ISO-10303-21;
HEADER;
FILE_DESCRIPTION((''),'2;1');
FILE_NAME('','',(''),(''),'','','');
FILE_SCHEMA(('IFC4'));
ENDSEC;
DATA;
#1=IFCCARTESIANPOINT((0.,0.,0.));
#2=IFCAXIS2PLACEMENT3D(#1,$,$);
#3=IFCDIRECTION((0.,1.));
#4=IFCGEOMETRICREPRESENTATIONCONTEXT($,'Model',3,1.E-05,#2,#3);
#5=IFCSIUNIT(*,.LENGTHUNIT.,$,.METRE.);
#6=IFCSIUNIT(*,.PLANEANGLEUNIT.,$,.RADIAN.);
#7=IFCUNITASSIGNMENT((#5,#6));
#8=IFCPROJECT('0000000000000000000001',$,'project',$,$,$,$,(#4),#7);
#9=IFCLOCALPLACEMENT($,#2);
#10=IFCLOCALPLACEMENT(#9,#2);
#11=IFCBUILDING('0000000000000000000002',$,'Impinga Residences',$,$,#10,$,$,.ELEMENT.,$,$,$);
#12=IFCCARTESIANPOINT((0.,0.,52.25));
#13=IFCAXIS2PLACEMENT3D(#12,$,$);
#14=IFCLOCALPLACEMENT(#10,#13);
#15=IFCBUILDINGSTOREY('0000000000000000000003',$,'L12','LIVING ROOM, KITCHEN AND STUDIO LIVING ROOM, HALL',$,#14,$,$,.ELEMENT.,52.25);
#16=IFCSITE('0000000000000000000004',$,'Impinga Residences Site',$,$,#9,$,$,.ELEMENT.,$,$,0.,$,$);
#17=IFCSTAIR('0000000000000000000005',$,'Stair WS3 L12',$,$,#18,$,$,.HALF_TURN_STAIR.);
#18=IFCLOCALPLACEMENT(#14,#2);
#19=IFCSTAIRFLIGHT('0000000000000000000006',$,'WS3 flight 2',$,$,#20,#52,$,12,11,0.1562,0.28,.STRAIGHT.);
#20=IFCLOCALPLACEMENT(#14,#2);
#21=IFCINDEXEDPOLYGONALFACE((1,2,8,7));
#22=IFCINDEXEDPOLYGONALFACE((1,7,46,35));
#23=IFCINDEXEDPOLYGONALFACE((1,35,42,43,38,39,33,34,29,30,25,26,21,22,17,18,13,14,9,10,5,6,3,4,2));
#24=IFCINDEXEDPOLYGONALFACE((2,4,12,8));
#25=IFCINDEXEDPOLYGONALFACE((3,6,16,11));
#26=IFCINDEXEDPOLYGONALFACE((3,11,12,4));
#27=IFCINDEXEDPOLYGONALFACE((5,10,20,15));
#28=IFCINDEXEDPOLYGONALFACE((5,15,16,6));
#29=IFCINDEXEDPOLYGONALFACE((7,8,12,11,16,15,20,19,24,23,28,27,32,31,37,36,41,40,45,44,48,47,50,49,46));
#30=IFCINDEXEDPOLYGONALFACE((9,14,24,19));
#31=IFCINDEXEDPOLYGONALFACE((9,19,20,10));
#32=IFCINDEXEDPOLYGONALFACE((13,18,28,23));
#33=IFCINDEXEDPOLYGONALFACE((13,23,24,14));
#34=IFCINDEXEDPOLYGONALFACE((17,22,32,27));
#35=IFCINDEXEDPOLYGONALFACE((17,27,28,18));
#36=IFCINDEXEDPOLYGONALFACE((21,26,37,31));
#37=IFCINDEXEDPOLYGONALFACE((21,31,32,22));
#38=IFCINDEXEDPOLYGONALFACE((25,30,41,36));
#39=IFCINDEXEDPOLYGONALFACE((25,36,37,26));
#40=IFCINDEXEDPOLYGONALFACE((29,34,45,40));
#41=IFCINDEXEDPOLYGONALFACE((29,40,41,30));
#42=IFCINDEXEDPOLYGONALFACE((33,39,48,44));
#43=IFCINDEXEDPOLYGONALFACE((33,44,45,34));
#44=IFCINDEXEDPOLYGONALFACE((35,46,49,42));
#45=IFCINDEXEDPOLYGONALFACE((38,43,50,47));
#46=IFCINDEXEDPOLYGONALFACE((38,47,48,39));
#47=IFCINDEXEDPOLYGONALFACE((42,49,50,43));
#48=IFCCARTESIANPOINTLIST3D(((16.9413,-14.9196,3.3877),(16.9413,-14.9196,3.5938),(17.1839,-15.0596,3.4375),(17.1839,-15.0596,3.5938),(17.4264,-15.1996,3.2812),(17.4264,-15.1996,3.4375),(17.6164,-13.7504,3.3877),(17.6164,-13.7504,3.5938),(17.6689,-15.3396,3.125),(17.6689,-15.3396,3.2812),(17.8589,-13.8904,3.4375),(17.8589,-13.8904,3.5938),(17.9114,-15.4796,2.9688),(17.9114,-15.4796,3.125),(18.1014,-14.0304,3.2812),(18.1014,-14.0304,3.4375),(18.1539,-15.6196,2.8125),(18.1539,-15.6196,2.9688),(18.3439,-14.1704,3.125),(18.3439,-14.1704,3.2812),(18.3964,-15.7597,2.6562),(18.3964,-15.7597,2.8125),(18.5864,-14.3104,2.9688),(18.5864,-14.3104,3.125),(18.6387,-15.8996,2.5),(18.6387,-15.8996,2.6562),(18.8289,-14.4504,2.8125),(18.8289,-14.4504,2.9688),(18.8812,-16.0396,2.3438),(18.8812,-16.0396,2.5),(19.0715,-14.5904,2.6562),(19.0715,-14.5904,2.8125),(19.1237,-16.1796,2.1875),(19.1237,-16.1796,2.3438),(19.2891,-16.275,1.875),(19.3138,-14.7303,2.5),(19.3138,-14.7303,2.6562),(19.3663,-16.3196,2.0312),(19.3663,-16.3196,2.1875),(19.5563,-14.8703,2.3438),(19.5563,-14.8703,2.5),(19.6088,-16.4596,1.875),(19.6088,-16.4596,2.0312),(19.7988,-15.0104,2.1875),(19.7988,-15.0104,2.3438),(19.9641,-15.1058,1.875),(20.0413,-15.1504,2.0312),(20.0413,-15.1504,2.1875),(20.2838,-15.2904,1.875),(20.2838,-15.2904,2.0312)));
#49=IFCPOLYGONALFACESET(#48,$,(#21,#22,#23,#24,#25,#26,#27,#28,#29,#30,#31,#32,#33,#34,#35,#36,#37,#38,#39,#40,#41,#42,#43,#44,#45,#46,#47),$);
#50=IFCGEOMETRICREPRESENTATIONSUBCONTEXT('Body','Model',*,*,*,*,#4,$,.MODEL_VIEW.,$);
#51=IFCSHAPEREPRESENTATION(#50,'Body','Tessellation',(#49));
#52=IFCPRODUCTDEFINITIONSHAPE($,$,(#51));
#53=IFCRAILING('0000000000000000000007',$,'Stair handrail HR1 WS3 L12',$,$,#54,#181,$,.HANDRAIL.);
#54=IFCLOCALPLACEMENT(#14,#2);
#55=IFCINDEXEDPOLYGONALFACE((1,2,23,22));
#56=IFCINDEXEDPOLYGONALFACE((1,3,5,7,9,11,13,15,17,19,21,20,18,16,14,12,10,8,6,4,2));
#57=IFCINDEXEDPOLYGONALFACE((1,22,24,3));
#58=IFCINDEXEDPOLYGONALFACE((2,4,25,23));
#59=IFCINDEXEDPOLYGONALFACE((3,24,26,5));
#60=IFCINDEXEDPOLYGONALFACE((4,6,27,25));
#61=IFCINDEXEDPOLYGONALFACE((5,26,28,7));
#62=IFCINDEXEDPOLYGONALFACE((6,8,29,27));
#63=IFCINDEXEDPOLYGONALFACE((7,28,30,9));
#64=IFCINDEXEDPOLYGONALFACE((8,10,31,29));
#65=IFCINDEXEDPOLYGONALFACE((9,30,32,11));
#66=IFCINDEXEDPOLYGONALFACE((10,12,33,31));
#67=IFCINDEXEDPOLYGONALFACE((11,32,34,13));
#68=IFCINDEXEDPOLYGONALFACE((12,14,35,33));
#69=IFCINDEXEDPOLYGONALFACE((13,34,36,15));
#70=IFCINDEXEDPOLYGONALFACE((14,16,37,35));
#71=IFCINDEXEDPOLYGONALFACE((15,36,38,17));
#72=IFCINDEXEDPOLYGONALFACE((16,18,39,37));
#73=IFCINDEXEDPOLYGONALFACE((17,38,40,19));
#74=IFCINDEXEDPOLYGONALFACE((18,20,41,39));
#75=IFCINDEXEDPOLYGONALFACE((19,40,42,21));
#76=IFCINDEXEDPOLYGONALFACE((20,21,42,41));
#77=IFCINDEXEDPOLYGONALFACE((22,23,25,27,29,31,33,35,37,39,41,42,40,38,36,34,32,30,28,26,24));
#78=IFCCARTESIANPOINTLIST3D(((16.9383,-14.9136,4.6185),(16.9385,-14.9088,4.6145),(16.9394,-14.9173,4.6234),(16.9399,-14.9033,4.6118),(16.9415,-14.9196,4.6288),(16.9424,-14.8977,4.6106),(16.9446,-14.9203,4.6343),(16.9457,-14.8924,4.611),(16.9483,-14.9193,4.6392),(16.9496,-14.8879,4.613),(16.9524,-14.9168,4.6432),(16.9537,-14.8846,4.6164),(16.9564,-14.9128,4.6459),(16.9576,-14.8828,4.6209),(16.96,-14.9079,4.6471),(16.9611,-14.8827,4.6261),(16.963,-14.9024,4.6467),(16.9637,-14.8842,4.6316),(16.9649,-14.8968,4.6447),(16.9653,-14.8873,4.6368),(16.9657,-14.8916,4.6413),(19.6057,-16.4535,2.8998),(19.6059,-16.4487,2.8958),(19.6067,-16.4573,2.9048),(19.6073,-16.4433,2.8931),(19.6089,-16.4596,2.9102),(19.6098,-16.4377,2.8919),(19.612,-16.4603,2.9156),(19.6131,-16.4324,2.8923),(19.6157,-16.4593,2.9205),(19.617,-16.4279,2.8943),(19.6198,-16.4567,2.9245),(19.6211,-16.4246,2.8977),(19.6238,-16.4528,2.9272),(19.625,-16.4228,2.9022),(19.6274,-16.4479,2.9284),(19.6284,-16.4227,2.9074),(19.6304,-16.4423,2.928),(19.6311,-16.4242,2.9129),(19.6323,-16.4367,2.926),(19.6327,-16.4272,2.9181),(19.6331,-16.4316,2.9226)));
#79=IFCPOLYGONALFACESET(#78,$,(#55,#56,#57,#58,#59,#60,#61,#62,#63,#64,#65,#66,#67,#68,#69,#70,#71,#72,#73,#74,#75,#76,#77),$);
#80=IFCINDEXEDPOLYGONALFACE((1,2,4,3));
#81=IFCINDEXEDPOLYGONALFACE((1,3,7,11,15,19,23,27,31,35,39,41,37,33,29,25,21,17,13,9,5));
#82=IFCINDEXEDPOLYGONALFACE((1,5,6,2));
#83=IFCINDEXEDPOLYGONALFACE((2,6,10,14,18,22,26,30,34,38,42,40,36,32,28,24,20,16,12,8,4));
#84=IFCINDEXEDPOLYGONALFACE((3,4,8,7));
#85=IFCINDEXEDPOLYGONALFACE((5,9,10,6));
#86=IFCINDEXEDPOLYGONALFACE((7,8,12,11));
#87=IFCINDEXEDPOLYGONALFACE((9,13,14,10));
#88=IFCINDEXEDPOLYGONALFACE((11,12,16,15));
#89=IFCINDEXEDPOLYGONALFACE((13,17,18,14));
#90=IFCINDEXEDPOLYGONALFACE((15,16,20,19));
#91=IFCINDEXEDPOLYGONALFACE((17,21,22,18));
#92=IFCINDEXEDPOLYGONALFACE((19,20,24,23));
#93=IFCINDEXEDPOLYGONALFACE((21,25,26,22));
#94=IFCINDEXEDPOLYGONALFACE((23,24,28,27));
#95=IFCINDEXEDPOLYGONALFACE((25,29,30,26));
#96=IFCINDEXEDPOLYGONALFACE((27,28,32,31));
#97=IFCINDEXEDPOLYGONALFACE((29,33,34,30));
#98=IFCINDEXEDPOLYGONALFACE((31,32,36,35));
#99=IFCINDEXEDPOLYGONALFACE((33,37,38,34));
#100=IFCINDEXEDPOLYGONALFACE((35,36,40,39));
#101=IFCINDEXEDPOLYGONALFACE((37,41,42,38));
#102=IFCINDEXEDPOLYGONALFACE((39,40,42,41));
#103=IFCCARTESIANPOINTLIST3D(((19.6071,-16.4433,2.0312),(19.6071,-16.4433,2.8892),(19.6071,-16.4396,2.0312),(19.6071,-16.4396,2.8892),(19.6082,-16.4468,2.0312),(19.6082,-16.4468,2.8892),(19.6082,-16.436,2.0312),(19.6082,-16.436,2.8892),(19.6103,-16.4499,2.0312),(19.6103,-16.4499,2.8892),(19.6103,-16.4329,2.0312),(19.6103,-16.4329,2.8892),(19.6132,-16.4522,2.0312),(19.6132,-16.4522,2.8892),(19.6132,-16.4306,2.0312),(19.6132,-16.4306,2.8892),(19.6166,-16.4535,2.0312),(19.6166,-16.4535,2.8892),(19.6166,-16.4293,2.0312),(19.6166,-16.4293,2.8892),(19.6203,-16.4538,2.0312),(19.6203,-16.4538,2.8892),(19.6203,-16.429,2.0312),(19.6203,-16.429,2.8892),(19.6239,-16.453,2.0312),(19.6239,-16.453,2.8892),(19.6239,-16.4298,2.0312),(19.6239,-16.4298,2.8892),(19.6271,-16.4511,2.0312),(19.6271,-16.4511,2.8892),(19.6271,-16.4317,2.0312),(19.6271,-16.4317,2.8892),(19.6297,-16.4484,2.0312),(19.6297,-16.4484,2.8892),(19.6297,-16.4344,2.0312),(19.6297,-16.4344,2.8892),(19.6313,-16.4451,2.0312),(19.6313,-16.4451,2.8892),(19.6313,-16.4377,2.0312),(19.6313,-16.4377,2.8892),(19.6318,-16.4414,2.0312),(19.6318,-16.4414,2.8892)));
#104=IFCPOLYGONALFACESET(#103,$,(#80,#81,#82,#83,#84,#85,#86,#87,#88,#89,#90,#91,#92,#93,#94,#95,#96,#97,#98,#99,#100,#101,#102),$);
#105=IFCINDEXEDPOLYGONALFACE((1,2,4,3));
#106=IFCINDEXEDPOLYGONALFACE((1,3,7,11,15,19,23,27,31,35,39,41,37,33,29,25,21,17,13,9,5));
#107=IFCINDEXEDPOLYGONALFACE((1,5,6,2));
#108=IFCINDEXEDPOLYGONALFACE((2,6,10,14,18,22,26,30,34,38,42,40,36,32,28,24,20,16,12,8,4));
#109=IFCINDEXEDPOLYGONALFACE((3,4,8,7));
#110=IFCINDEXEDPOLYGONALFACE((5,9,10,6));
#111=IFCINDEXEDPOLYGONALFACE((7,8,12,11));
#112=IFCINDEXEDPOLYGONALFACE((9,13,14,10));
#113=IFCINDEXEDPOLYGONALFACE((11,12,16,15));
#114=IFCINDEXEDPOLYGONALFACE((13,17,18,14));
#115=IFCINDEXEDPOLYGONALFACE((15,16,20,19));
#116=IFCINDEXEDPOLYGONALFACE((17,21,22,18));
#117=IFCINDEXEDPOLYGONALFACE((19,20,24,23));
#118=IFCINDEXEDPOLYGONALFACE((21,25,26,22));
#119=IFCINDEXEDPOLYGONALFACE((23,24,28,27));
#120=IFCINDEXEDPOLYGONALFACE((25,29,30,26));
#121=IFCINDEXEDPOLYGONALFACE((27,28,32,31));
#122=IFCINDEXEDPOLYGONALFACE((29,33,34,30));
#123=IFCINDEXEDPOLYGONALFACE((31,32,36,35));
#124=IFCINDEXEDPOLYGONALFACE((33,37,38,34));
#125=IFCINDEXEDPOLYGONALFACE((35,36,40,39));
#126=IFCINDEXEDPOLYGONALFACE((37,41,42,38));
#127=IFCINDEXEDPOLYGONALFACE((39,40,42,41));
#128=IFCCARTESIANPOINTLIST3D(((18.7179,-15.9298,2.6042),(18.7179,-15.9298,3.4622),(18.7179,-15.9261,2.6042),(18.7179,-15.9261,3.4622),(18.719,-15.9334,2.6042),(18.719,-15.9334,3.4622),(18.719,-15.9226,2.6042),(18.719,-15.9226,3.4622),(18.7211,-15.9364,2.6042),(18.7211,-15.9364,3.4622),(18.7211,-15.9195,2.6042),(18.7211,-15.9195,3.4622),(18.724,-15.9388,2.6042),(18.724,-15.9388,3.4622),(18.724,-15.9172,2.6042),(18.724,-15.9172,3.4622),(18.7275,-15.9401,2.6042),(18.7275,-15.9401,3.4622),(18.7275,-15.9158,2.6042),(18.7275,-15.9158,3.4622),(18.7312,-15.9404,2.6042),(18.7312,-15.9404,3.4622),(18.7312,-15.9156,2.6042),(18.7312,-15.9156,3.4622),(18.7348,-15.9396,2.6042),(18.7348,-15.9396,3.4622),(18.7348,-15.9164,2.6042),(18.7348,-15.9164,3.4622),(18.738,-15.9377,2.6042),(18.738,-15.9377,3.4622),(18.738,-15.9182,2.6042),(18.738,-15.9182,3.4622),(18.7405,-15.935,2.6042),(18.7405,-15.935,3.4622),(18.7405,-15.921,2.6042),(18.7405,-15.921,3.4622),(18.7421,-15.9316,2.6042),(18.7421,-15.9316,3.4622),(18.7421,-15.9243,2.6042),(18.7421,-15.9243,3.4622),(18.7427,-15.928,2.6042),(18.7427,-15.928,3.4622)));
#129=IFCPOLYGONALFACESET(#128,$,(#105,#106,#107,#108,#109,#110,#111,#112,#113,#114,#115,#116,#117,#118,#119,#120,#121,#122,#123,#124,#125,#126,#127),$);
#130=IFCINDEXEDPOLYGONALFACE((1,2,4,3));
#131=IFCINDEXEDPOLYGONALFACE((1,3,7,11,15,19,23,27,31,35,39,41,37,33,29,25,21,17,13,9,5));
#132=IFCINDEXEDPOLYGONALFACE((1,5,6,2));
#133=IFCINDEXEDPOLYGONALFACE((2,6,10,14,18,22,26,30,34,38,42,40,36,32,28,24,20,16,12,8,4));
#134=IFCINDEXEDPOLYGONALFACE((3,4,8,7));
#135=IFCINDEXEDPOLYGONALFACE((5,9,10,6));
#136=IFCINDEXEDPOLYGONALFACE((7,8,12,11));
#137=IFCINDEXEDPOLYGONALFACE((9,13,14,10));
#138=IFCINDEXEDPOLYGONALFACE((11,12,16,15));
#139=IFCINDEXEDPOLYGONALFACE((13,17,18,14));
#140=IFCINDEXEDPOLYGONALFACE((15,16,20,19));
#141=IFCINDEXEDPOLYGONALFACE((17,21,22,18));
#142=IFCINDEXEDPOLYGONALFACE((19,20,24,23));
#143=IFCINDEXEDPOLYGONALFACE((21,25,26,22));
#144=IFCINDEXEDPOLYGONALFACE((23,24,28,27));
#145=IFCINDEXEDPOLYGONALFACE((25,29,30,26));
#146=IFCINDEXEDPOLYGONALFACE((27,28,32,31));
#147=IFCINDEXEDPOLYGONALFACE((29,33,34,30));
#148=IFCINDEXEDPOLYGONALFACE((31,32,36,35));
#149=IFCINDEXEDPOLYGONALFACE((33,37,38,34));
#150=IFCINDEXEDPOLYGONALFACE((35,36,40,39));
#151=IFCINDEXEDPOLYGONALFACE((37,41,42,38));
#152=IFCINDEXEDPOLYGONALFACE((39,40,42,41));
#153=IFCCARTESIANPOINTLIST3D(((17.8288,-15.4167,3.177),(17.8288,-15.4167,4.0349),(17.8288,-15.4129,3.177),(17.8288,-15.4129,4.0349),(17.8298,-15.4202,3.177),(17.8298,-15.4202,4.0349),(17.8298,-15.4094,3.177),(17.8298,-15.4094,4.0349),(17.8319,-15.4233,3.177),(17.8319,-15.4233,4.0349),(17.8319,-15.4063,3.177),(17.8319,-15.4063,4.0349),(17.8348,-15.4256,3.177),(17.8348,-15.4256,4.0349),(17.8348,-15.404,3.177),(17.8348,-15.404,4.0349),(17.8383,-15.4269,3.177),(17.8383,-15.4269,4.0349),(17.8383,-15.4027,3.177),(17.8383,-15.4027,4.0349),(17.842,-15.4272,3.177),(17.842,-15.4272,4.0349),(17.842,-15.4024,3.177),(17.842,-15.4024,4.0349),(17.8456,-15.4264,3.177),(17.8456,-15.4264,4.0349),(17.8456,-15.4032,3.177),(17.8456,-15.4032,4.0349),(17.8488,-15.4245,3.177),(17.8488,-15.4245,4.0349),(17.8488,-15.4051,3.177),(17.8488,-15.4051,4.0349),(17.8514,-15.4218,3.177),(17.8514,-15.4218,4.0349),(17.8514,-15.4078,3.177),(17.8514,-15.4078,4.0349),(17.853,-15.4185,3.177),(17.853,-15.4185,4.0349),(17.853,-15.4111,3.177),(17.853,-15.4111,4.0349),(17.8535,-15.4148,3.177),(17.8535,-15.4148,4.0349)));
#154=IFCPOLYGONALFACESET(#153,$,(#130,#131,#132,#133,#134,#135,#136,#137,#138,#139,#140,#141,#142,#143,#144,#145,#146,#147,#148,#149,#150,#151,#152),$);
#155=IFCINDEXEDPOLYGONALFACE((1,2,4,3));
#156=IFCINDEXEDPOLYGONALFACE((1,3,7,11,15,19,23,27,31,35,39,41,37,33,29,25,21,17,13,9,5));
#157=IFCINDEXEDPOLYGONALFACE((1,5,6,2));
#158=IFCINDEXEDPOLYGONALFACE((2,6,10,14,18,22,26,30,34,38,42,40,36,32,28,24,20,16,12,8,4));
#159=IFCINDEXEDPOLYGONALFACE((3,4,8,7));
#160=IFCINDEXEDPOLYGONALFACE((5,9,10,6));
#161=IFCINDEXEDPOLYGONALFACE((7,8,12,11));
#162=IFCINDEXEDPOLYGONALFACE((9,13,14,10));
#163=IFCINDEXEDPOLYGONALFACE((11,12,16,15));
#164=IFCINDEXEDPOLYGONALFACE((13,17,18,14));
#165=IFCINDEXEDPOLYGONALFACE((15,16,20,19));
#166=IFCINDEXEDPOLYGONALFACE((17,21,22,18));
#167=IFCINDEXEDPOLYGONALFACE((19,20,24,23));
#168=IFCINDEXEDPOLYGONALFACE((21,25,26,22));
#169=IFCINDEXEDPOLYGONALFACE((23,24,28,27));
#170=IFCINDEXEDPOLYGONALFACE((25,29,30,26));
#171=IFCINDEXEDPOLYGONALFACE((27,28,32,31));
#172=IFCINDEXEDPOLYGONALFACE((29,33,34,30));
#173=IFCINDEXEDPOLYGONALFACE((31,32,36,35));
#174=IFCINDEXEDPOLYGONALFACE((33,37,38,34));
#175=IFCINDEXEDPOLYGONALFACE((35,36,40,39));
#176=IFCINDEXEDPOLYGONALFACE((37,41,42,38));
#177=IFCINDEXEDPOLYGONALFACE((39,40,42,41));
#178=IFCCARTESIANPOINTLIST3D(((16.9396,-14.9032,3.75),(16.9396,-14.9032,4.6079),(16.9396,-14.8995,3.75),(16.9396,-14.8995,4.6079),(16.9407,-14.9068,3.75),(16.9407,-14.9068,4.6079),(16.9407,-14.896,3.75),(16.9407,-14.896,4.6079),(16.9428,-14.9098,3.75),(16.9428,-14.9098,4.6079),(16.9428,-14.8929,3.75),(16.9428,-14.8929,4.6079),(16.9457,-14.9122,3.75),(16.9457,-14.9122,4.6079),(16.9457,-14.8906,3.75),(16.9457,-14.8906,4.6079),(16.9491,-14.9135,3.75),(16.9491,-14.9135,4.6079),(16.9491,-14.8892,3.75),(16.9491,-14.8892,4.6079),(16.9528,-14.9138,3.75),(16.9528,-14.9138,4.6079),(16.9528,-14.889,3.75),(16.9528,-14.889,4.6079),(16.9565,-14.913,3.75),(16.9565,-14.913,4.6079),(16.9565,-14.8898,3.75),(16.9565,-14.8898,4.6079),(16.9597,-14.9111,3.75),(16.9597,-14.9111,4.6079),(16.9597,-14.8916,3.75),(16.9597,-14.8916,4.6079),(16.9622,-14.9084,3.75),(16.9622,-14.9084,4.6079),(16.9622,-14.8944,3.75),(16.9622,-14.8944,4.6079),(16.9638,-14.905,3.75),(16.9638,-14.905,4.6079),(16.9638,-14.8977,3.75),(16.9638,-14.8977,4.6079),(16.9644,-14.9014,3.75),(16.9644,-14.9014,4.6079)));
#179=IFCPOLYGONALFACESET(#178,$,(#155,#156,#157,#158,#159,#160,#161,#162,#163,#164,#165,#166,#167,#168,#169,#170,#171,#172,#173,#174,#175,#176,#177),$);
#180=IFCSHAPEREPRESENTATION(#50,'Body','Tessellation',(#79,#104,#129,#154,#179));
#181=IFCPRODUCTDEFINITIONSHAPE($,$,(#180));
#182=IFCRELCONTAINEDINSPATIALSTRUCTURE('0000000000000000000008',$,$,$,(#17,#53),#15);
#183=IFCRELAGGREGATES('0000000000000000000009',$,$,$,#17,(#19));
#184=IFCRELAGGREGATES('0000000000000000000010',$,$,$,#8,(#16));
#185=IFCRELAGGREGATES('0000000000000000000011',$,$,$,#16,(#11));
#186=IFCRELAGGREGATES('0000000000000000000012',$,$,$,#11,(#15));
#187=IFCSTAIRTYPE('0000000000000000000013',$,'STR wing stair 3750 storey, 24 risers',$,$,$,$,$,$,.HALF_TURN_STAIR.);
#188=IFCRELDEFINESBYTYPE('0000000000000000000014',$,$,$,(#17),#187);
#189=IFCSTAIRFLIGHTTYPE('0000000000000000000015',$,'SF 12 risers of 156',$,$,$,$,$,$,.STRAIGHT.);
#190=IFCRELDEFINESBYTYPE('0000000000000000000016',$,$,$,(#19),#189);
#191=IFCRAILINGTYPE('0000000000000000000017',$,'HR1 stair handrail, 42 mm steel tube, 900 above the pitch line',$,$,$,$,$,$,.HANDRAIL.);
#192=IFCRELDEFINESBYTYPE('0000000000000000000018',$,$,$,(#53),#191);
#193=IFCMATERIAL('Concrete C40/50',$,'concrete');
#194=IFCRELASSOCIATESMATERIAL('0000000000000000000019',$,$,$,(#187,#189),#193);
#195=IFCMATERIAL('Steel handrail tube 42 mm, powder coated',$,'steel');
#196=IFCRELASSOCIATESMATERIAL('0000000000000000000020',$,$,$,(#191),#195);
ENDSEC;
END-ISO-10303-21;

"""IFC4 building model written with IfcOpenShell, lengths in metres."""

from ifc_helpers import new_model, si_unit, direction, frame, origin, origin_2d, place, context, subcontext, project, spatial, polyline, circle, outline, extrude, material, type_object, element, aggregate, save


model = new_model("IFC4")

# Units and contexts
model_context = context("Model", 3, precision=1e-05, world=origin(), true_north=direction((0.0, 1.0)))
body_context = subcontext(model_context, "Body", "Model", "MODEL_VIEW")
ifc_project = project(units=[si_unit("LENGTHUNIT", "METRE"), si_unit("PLANEANGLEUNIT", "RADIAN")], contexts=[model_context])

# Site, building, storey
site_placement = place(None, origin())
site = spatial("IfcSite", under=ifc_project, at=site_placement, Name="Impinga Residences Site", CompositionType="ELEMENT", RefElevation=0.0)
building_placement = place(site_placement, origin())
building = spatial("IfcBuilding", under=site, at=building_placement, Name="Impinga Residences", CompositionType="ELEMENT")
storey_placement = place(building_placement, frame((0.0, 0.0, 52.25)))
storey = spatial("IfcBuildingStorey", under=building, at=storey_placement, Name="L12", Description="LIVING ROOM, KITCHEN AND STUDIO LIVING ROOM, HALL", CompositionType="ELEMENT", Elevation=52.25)

# Stair, stair flight
ifc_material_1 = material(Name="Concrete C40/50", Category="concrete")
stair_type = type_object("IfcStairType", Name="STR wing stair 3750 storey, 24 risers", PredefinedType="HALF_TURN_STAIR", material=ifc_material_1)
stair_placement = place(storey_placement, origin())
stair = element("IfcStair", 1, at=stair_placement, inside=storey, type_object=stair_type, Name="Stair WS3 L12", PredefinedType="HALF_TURN_STAIR")
stair_flight_type = type_object("IfcStairFlightType", Name="SF 12 risers of 156", PredefinedType="STRAIGHT", material=ifc_material_1)
stair_flight_placement = place(storey_placement, frame((19.9463, -15.875, 1.875), z_axis=(0.0, 0.0, 1.0), x_axis=(-0.866025, 0.5, 0.0)))
stair_flight = element("IfcStairFlight", 2, at=stair_flight_placement, type_object=stair_flight_type, Name="WS3 flight 2", NumberOfRisers=12, NumberOfTreads=11, PredefinedType="STRAIGHT", RiserHeight=0.1562, TreadLength=0.28, context=body_context, shape_type="SweptSolid", body=[
    extrude(outline(polyline([(0.0, 0.0), (0.0, 0.1562), (0.28, 0.1562), (0.28, 0.3125), (0.5601, 0.3125), (0.5601, 0.4688), (0.8401, 0.4688), (0.8401, 0.625), (1.1201, 0.625), (1.1201, 0.7812), (1.3999, 0.7812), (1.3999, 0.9375), (1.6799, 0.9375), (1.6799, 1.0938), (1.96, 1.0938), (1.96, 1.25), (2.24, 1.25), (2.24, 1.4062), (2.52, 1.4062), (2.52, 1.5625), (2.8, 1.5625), (2.8, 1.7188), (3.0801, 1.7188), (3.0801, 1.875), (3.0801, 1.5127), (0.3691, 0.0), (0.0, 0.0)])), frame((0.0, 0.675, 0.0), z_axis=(0.0, -1.0, 0.0), x_axis=(1.0, 0.0, 0.0)), (0.0, 0.0, 1.0), 1.3501),
])
aggregate(stair, [stair_flight])

# Railing
ifc_material_2 = material(Name="Steel handrail tube 42 mm, powder coated", Category="steel")
railing_type = type_object("IfcRailingType", Name="HR1 stair handrail, 42 mm steel tube, 900 above the pitch line", PredefinedType="HANDRAIL", material=ifc_material_2)
railing_placement = place(storey_placement, frame((19.6194, -16.4414, 2.0312)))
element("IfcRailing", 3, at=railing_placement, inside=storey, type_object=railing_type, Name="Stair handrail HR1 WS3 L12", PredefinedType="HANDRAIL", context=body_context, shape_type="SweptSolid", body=[
    extrude(circle(Radius=0.021, at=origin_2d()), frame((0.0, 0.0, 0.8789), z_axis=(-0.756256, 0.436616, 0.487282), x_axis=(-0.499992, -0.86603, 0.0)), (0.0, 0.0, 1.0), 3.5271),
    extrude(circle(Radius=0.0125, at=origin_2d()), origin(), (0.0, 0.0, 1.0), 0.8579),
    extrude(circle(Radius=0.0125, at=origin_2d()), frame((-0.8892, 0.5134, 0.573)), (0.0, 0.0, 1.0), 0.8579),
    extrude(circle(Radius=0.0125, at=origin_2d()), frame((-1.7783, 1.0266, 1.1458)), (0.0, 0.0, 1.0), 0.8579),
    extrude(circle(Radius=0.0125, at=origin_2d()), frame((-2.6675, 1.54, 1.7188)), (0.0, 0.0, 1.0), 0.8579),
])

save(model, "model.ifc")
